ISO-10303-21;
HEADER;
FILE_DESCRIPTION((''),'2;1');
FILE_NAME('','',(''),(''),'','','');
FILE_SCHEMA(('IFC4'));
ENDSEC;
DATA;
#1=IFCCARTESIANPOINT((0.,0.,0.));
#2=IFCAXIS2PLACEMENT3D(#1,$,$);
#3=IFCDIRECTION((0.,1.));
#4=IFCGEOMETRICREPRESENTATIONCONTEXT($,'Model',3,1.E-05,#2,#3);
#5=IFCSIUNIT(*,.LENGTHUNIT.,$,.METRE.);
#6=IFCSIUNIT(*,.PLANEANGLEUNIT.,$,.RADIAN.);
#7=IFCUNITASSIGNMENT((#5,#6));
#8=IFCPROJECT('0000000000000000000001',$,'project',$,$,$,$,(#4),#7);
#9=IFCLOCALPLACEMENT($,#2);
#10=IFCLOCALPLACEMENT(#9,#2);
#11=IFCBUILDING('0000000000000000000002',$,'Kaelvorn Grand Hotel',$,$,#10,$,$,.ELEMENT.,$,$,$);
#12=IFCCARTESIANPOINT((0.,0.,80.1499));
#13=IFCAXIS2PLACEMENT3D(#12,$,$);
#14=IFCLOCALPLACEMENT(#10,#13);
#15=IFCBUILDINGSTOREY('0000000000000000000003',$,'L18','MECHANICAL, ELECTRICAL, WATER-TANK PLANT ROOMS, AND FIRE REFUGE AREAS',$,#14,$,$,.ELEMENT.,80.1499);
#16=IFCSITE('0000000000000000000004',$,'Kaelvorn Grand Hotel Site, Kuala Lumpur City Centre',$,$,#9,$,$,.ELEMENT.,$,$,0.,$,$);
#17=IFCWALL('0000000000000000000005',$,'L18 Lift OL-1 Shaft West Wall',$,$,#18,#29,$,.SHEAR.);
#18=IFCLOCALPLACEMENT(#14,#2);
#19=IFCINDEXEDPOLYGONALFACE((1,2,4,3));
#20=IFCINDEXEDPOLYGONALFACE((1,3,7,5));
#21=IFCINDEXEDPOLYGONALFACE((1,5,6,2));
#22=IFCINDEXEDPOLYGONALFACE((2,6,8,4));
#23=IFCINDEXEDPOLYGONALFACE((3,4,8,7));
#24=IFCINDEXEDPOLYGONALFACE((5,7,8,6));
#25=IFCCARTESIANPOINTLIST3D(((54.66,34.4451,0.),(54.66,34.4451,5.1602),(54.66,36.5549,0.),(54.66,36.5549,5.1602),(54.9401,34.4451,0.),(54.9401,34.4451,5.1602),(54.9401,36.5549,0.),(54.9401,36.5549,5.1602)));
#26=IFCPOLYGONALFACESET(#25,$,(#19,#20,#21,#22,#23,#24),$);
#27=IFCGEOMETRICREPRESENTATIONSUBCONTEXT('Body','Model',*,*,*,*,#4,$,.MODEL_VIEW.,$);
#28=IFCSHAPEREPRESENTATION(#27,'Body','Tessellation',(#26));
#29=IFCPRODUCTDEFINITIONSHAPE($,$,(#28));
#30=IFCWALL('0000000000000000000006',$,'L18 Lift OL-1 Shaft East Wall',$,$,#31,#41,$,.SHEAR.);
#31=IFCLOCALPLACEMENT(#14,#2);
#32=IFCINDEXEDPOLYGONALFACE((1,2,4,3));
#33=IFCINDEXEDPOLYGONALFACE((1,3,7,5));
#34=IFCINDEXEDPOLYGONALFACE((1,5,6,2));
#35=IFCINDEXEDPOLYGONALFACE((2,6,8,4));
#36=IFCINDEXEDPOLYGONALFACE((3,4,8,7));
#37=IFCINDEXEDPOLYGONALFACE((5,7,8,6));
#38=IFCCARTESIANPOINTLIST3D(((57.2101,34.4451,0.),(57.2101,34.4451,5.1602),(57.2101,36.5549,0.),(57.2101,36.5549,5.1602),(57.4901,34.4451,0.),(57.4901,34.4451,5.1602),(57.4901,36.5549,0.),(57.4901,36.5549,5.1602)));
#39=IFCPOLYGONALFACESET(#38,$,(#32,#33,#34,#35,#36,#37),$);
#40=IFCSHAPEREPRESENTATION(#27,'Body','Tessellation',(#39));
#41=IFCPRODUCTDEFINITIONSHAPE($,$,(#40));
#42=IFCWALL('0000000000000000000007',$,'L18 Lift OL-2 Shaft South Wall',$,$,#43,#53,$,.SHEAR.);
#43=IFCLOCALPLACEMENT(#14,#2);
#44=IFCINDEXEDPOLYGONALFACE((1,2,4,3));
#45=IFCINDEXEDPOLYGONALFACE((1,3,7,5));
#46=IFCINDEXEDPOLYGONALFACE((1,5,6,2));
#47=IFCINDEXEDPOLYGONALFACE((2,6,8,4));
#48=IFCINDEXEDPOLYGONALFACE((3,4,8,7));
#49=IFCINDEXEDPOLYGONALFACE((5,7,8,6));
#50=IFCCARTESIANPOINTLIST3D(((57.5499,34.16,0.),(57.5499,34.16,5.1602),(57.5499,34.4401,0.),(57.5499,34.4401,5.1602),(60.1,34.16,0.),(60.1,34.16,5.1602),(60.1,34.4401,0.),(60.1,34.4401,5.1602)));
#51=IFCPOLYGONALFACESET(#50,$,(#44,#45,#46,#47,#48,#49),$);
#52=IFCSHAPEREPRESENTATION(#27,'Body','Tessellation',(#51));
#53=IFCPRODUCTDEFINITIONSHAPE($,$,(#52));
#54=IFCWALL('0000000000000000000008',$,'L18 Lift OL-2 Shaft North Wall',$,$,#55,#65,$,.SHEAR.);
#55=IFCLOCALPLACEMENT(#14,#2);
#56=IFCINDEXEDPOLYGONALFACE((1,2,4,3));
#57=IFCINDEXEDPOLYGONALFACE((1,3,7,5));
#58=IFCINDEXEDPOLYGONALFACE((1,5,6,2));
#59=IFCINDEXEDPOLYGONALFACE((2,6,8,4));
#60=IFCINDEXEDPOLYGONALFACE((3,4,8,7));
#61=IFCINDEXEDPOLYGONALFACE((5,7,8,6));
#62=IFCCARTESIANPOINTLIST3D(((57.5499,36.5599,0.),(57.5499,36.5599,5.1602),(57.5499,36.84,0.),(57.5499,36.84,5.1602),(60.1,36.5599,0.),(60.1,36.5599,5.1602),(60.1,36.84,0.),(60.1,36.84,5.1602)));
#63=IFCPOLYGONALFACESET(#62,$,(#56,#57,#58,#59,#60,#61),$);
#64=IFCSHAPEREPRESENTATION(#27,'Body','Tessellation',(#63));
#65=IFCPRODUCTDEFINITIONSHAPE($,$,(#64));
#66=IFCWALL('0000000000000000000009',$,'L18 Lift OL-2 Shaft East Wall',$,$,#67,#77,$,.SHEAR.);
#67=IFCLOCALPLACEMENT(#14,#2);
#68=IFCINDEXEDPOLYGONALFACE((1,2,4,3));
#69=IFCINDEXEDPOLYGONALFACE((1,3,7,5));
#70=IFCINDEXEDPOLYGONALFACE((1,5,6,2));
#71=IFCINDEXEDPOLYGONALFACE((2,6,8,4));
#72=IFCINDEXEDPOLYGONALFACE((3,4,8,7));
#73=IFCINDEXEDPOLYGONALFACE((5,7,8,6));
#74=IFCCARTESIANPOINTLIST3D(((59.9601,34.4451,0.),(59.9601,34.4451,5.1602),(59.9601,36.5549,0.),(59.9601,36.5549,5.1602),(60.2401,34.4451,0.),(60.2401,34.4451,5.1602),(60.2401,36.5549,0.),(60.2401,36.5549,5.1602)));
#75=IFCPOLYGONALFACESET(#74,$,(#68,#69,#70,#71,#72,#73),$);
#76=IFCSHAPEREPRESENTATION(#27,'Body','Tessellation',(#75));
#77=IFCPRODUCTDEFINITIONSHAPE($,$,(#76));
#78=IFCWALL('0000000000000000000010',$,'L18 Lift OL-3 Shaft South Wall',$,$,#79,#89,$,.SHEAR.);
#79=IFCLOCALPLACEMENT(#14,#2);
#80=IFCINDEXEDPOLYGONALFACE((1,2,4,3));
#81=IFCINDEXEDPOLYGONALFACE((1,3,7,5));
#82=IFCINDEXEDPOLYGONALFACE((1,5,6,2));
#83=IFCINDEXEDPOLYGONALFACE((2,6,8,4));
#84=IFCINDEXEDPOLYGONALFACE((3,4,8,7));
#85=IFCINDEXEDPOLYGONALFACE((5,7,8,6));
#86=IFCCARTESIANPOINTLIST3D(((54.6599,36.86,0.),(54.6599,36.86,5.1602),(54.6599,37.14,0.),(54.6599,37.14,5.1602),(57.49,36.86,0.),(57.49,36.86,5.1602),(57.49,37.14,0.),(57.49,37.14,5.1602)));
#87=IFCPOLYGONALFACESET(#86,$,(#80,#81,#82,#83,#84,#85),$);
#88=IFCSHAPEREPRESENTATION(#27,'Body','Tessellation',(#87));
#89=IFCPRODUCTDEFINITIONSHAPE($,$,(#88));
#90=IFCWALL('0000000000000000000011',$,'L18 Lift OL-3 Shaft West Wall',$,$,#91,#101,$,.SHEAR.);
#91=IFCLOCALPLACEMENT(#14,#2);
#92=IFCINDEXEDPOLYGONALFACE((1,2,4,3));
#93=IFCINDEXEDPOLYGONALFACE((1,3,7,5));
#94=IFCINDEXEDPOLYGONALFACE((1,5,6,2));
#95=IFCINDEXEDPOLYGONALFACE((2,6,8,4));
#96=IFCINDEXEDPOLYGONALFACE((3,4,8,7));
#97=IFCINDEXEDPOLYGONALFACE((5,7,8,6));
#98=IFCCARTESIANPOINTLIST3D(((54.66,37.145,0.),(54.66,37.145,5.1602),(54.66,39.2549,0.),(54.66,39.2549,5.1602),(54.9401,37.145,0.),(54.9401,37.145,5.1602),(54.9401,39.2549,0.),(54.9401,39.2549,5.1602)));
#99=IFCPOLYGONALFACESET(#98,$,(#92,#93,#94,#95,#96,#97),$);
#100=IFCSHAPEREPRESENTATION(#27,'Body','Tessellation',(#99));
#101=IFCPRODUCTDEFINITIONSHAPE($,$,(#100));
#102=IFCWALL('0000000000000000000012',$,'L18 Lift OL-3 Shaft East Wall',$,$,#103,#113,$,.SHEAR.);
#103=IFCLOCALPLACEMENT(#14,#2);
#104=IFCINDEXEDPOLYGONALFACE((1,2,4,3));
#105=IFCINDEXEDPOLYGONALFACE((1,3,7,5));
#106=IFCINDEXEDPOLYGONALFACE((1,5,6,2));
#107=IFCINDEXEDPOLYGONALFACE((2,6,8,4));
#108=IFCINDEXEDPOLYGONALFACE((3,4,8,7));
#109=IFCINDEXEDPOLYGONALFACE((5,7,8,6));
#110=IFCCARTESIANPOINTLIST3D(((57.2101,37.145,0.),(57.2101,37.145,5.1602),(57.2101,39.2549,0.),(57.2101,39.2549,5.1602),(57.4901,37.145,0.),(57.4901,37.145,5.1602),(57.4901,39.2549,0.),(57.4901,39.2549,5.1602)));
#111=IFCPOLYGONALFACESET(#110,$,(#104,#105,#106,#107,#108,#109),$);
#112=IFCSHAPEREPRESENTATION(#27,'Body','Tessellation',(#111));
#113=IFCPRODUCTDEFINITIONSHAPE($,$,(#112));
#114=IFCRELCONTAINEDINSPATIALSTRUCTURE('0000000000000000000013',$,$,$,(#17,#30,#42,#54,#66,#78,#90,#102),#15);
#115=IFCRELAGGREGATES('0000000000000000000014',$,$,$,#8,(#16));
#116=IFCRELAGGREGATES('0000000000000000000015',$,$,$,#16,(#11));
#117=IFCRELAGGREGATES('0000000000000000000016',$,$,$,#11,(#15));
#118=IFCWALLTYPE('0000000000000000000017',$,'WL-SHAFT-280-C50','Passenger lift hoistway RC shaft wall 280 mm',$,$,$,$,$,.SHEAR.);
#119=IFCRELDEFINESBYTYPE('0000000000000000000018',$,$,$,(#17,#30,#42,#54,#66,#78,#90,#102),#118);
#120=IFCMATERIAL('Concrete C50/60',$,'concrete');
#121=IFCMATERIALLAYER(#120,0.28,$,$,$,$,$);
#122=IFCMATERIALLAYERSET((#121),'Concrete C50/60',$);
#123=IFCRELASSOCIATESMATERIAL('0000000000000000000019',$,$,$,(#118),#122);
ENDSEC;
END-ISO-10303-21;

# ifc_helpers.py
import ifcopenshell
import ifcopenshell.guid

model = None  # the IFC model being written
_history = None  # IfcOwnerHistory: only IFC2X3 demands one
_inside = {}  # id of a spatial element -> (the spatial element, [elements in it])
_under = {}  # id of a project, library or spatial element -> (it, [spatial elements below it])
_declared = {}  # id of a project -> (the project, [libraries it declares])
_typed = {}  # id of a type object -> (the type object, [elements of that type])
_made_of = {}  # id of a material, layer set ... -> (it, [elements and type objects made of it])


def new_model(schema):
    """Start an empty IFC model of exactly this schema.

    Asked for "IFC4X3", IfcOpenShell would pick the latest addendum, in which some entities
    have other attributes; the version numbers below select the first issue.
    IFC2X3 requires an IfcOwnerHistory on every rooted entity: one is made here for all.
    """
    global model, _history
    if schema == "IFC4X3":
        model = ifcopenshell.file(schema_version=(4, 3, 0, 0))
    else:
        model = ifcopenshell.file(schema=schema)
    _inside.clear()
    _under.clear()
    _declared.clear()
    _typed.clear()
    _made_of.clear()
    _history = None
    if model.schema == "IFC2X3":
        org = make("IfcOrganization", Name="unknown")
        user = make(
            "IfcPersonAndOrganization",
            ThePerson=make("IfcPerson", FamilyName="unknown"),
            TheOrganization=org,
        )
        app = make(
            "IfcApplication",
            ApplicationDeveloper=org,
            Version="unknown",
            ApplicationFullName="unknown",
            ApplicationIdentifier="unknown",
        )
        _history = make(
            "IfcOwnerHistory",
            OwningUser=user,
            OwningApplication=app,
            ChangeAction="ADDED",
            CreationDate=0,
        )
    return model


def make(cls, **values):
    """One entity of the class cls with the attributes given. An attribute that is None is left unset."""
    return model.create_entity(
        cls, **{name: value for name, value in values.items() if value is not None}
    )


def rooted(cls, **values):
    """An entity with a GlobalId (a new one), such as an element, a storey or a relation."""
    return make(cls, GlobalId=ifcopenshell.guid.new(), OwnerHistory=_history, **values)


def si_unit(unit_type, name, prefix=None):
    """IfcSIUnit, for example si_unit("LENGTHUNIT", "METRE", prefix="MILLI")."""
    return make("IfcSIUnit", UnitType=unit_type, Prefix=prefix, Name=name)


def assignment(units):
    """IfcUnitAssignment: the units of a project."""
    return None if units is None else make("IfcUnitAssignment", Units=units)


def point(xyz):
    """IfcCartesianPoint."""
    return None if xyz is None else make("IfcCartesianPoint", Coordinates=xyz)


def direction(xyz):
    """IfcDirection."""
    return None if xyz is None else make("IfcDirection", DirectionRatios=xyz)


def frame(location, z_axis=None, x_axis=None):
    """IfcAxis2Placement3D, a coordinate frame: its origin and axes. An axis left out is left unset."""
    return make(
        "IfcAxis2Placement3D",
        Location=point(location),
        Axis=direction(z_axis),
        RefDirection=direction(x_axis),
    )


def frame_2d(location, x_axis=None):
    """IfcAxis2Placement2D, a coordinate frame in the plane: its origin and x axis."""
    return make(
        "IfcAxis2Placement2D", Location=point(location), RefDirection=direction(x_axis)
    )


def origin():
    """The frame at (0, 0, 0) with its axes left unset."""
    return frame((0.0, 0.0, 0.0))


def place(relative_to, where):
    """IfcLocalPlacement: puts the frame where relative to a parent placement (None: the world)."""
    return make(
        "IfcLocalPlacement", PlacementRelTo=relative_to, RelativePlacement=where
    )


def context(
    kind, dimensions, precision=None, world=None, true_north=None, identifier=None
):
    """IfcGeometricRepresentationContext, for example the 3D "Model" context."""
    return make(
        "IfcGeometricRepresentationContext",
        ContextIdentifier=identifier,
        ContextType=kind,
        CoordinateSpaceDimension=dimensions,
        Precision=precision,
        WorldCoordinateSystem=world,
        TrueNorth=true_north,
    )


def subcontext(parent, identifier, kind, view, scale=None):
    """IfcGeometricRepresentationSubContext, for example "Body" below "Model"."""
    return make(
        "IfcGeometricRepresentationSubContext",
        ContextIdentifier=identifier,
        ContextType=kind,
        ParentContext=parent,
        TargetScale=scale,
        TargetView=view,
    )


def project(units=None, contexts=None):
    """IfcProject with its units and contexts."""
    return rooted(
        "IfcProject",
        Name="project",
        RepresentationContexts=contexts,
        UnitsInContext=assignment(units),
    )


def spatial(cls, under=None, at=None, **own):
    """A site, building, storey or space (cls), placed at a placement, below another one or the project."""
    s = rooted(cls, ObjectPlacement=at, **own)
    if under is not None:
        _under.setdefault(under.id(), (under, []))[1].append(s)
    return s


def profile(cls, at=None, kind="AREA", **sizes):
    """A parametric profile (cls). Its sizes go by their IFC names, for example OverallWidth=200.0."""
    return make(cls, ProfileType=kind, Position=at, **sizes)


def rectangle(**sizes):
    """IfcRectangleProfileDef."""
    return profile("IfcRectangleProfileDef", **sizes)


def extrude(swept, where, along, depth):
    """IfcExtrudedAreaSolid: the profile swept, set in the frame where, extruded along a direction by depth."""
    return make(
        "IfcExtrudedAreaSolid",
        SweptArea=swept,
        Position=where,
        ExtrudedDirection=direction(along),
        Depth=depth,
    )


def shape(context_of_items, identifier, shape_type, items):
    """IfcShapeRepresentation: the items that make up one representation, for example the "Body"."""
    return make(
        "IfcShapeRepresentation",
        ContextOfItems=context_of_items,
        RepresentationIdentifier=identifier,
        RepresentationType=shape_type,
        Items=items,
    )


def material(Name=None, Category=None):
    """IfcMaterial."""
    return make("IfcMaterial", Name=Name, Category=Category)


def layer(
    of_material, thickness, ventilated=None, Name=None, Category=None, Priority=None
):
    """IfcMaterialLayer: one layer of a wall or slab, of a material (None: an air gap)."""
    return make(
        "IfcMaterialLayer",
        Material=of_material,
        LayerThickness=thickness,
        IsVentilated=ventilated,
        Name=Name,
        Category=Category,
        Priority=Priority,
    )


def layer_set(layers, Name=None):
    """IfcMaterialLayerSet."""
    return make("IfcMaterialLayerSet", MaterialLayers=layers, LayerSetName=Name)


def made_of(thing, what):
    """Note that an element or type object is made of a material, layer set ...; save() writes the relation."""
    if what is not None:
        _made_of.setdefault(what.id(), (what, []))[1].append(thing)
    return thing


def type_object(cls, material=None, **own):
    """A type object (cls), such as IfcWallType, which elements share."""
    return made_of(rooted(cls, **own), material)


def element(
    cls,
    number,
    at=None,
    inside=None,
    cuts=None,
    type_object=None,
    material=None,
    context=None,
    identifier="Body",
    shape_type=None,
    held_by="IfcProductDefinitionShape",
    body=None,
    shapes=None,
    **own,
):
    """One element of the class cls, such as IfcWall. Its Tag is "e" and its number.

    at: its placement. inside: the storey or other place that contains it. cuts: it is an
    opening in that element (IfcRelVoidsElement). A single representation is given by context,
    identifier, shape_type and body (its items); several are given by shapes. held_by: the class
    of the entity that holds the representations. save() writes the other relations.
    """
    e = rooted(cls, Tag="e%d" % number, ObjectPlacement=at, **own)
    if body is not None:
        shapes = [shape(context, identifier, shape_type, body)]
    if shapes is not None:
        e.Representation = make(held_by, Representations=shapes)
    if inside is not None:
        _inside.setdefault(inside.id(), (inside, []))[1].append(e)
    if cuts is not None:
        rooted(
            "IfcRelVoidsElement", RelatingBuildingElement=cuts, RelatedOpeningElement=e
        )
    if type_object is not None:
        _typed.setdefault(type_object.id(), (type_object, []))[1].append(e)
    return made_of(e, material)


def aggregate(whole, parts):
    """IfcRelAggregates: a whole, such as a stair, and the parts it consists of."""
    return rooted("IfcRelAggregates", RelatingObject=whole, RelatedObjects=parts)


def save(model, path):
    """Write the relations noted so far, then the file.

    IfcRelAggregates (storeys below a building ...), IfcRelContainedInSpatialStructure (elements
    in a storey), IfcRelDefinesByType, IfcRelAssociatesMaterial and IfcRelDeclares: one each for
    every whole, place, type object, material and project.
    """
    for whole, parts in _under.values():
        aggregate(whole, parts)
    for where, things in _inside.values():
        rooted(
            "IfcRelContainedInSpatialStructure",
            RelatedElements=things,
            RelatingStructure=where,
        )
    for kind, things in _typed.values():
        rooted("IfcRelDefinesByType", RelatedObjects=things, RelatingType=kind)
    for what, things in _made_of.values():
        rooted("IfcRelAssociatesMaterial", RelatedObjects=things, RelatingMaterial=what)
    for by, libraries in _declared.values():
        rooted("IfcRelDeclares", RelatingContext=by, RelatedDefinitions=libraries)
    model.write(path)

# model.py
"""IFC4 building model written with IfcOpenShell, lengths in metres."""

from ifc_helpers import new_model, si_unit, direction, frame, frame_2d, origin, place, context, subcontext, project, spatial, rectangle, extrude, material, layer, layer_set, type_object, element, save


model = new_model("IFC4")

# Units and contexts
model_context = context("Model", 3, precision=1e-05, world=origin(), true_north=direction((0.0, 1.0)))
body_context = subcontext(model_context, "Body", "Model", "MODEL_VIEW")
ifc_project = project(units=[si_unit("LENGTHUNIT", "METRE"), si_unit("PLANEANGLEUNIT", "RADIAN")], contexts=[model_context])

# Site, building, storey
site_placement = place(None, origin())
site = spatial("IfcSite", under=ifc_project, at=site_placement, Name="Kaelvorn Grand Hotel Site, Kuala Lumpur City Centre", CompositionType="ELEMENT", RefElevation=0.0)
building_placement = place(site_placement, origin())
building = spatial("IfcBuilding", under=site, at=building_placement, Name="Kaelvorn Grand Hotel", CompositionType="ELEMENT")
storey_placement = place(building_placement, frame((0.0, 0.0, 80.1499)))
storey = spatial("IfcBuildingStorey", under=building, at=storey_placement, Name="L18", Description="MECHANICAL, ELECTRICAL, WATER-TANK PLANT ROOMS, AND FIRE REFUGE AREAS", CompositionType="ELEMENT", Elevation=80.1499)

# Walls
ifc_material_1 = material(Name="Concrete C50/60", Category="concrete")
ifc_layer_1 = layer(ifc_material_1, 0.28)
ifc_layer_set_1 = layer_set([ifc_layer_1], Name="Concrete C50/60")
wall_type_1 = type_object("IfcWallType", Name="WL-SHAFT-280-C50", Description="Passenger lift hoistway RC shaft wall 280 mm", PredefinedType="SHEAR", material=ifc_layer_set_1)
for number, where, z_axis, x_axis, name in (
    (1, (54.8, 34.4451, 0.0), (0.0, 0.0, 1.0), (0.0, 1.0, 0.0), "L18 Lift OL-1 Shaft West Wall"),
    (2, (57.3501, 34.4451, 0.0), (0.0, 0.0, 1.0), (0.0, 1.0, 0.0), "L18 Lift OL-1 Shaft East Wall"),
):
    element("IfcWall", number, at=place(storey_placement, frame(where, z_axis=z_axis, x_axis=x_axis)), inside=storey, type_object=wall_type_1, Name=name, PredefinedType="SHEAR", context=body_context, shape_type="SweptSolid", body=[
        extrude(rectangle(XDim=2.1099, YDim=0.28, at=frame_2d((1.0549, 0.0))), origin(), (0.0, 0.0, 1.0), 5.1602),
    ])
for number, where, z_axis, x_axis, name in (
    (3, (57.55, 34.3, 0.0), (0.0, 0.0, 1.0), (1.0, 0.0, 0.0), "L18 Lift OL-2 Shaft South Wall"),
    (4, (57.55, 36.7, 0.0), (0.0, 0.0, 1.0), (1.0, 0.0, 0.0), "L18 Lift OL-2 Shaft North Wall"),
):
    element("IfcWall", number, at=place(storey_placement, frame(where, z_axis=z_axis, x_axis=x_axis)), inside=storey, type_object=wall_type_1, Name=name, PredefinedType="SHEAR", context=body_context, shape_type="SweptSolid", body=[
        extrude(rectangle(XDim=2.55, YDim=0.28, at=frame_2d((1.2749, 0.0))), origin(), (0.0, 0.0, 1.0), 5.1602),
    ])
wall_1_placement = place(storey_placement, frame((60.1001, 34.4451, 0.0), z_axis=(0.0, 0.0, 1.0), x_axis=(0.0, 1.0, 0.0)))
element("IfcWall", 5, at=wall_1_placement, inside=storey, type_object=wall_type_1, Name="L18 Lift OL-2 Shaft East Wall", PredefinedType="SHEAR", context=body_context, shape_type="SweptSolid", body=[
    extrude(rectangle(XDim=2.1099, YDim=0.28, at=frame_2d((1.0549, 0.0))), origin(), (0.0, 0.0, 1.0), 5.1602),
])
wall_2_placement = place(storey_placement, frame((54.6599, 37.0, 0.0), z_axis=(0.0, 0.0, 1.0), x_axis=(1.0, 0.0, 0.0)))
element("IfcWall", 6, at=wall_2_placement, inside=storey, type_object=wall_type_1, Name="L18 Lift OL-3 Shaft South Wall", PredefinedType="SHEAR", context=body_context, shape_type="SweptSolid", body=[
    extrude(rectangle(XDim=2.8301, YDim=0.28, at=frame_2d((1.415, 0.0))), origin(), (0.0, 0.0, 1.0), 5.1602),
])
for number, where, z_axis, x_axis, name in (
    (7, (54.8, 37.145, 0.0), (0.0, 0.0, 1.0), (0.0, 1.0, 0.0), "L18 Lift OL-3 Shaft West Wall"),
    (8, (57.3501, 37.145, 0.0), (0.0, 0.0, 1.0), (0.0, 1.0, 0.0), "L18 Lift OL-3 Shaft East Wall"),
):
    element("IfcWall", number, at=place(storey_placement, frame(where, z_axis=z_axis, x_axis=x_axis)), inside=storey, type_object=wall_type_1, Name=name, PredefinedType="SHEAR", context=body_context, shape_type="SweptSolid", body=[
        extrude(rectangle(XDim=2.1099, YDim=0.28, at=frame_2d((1.0549, 0.0))), origin(), (0.0, 0.0, 1.0), 5.1602),
    ])

save(model, "model.ifc")
